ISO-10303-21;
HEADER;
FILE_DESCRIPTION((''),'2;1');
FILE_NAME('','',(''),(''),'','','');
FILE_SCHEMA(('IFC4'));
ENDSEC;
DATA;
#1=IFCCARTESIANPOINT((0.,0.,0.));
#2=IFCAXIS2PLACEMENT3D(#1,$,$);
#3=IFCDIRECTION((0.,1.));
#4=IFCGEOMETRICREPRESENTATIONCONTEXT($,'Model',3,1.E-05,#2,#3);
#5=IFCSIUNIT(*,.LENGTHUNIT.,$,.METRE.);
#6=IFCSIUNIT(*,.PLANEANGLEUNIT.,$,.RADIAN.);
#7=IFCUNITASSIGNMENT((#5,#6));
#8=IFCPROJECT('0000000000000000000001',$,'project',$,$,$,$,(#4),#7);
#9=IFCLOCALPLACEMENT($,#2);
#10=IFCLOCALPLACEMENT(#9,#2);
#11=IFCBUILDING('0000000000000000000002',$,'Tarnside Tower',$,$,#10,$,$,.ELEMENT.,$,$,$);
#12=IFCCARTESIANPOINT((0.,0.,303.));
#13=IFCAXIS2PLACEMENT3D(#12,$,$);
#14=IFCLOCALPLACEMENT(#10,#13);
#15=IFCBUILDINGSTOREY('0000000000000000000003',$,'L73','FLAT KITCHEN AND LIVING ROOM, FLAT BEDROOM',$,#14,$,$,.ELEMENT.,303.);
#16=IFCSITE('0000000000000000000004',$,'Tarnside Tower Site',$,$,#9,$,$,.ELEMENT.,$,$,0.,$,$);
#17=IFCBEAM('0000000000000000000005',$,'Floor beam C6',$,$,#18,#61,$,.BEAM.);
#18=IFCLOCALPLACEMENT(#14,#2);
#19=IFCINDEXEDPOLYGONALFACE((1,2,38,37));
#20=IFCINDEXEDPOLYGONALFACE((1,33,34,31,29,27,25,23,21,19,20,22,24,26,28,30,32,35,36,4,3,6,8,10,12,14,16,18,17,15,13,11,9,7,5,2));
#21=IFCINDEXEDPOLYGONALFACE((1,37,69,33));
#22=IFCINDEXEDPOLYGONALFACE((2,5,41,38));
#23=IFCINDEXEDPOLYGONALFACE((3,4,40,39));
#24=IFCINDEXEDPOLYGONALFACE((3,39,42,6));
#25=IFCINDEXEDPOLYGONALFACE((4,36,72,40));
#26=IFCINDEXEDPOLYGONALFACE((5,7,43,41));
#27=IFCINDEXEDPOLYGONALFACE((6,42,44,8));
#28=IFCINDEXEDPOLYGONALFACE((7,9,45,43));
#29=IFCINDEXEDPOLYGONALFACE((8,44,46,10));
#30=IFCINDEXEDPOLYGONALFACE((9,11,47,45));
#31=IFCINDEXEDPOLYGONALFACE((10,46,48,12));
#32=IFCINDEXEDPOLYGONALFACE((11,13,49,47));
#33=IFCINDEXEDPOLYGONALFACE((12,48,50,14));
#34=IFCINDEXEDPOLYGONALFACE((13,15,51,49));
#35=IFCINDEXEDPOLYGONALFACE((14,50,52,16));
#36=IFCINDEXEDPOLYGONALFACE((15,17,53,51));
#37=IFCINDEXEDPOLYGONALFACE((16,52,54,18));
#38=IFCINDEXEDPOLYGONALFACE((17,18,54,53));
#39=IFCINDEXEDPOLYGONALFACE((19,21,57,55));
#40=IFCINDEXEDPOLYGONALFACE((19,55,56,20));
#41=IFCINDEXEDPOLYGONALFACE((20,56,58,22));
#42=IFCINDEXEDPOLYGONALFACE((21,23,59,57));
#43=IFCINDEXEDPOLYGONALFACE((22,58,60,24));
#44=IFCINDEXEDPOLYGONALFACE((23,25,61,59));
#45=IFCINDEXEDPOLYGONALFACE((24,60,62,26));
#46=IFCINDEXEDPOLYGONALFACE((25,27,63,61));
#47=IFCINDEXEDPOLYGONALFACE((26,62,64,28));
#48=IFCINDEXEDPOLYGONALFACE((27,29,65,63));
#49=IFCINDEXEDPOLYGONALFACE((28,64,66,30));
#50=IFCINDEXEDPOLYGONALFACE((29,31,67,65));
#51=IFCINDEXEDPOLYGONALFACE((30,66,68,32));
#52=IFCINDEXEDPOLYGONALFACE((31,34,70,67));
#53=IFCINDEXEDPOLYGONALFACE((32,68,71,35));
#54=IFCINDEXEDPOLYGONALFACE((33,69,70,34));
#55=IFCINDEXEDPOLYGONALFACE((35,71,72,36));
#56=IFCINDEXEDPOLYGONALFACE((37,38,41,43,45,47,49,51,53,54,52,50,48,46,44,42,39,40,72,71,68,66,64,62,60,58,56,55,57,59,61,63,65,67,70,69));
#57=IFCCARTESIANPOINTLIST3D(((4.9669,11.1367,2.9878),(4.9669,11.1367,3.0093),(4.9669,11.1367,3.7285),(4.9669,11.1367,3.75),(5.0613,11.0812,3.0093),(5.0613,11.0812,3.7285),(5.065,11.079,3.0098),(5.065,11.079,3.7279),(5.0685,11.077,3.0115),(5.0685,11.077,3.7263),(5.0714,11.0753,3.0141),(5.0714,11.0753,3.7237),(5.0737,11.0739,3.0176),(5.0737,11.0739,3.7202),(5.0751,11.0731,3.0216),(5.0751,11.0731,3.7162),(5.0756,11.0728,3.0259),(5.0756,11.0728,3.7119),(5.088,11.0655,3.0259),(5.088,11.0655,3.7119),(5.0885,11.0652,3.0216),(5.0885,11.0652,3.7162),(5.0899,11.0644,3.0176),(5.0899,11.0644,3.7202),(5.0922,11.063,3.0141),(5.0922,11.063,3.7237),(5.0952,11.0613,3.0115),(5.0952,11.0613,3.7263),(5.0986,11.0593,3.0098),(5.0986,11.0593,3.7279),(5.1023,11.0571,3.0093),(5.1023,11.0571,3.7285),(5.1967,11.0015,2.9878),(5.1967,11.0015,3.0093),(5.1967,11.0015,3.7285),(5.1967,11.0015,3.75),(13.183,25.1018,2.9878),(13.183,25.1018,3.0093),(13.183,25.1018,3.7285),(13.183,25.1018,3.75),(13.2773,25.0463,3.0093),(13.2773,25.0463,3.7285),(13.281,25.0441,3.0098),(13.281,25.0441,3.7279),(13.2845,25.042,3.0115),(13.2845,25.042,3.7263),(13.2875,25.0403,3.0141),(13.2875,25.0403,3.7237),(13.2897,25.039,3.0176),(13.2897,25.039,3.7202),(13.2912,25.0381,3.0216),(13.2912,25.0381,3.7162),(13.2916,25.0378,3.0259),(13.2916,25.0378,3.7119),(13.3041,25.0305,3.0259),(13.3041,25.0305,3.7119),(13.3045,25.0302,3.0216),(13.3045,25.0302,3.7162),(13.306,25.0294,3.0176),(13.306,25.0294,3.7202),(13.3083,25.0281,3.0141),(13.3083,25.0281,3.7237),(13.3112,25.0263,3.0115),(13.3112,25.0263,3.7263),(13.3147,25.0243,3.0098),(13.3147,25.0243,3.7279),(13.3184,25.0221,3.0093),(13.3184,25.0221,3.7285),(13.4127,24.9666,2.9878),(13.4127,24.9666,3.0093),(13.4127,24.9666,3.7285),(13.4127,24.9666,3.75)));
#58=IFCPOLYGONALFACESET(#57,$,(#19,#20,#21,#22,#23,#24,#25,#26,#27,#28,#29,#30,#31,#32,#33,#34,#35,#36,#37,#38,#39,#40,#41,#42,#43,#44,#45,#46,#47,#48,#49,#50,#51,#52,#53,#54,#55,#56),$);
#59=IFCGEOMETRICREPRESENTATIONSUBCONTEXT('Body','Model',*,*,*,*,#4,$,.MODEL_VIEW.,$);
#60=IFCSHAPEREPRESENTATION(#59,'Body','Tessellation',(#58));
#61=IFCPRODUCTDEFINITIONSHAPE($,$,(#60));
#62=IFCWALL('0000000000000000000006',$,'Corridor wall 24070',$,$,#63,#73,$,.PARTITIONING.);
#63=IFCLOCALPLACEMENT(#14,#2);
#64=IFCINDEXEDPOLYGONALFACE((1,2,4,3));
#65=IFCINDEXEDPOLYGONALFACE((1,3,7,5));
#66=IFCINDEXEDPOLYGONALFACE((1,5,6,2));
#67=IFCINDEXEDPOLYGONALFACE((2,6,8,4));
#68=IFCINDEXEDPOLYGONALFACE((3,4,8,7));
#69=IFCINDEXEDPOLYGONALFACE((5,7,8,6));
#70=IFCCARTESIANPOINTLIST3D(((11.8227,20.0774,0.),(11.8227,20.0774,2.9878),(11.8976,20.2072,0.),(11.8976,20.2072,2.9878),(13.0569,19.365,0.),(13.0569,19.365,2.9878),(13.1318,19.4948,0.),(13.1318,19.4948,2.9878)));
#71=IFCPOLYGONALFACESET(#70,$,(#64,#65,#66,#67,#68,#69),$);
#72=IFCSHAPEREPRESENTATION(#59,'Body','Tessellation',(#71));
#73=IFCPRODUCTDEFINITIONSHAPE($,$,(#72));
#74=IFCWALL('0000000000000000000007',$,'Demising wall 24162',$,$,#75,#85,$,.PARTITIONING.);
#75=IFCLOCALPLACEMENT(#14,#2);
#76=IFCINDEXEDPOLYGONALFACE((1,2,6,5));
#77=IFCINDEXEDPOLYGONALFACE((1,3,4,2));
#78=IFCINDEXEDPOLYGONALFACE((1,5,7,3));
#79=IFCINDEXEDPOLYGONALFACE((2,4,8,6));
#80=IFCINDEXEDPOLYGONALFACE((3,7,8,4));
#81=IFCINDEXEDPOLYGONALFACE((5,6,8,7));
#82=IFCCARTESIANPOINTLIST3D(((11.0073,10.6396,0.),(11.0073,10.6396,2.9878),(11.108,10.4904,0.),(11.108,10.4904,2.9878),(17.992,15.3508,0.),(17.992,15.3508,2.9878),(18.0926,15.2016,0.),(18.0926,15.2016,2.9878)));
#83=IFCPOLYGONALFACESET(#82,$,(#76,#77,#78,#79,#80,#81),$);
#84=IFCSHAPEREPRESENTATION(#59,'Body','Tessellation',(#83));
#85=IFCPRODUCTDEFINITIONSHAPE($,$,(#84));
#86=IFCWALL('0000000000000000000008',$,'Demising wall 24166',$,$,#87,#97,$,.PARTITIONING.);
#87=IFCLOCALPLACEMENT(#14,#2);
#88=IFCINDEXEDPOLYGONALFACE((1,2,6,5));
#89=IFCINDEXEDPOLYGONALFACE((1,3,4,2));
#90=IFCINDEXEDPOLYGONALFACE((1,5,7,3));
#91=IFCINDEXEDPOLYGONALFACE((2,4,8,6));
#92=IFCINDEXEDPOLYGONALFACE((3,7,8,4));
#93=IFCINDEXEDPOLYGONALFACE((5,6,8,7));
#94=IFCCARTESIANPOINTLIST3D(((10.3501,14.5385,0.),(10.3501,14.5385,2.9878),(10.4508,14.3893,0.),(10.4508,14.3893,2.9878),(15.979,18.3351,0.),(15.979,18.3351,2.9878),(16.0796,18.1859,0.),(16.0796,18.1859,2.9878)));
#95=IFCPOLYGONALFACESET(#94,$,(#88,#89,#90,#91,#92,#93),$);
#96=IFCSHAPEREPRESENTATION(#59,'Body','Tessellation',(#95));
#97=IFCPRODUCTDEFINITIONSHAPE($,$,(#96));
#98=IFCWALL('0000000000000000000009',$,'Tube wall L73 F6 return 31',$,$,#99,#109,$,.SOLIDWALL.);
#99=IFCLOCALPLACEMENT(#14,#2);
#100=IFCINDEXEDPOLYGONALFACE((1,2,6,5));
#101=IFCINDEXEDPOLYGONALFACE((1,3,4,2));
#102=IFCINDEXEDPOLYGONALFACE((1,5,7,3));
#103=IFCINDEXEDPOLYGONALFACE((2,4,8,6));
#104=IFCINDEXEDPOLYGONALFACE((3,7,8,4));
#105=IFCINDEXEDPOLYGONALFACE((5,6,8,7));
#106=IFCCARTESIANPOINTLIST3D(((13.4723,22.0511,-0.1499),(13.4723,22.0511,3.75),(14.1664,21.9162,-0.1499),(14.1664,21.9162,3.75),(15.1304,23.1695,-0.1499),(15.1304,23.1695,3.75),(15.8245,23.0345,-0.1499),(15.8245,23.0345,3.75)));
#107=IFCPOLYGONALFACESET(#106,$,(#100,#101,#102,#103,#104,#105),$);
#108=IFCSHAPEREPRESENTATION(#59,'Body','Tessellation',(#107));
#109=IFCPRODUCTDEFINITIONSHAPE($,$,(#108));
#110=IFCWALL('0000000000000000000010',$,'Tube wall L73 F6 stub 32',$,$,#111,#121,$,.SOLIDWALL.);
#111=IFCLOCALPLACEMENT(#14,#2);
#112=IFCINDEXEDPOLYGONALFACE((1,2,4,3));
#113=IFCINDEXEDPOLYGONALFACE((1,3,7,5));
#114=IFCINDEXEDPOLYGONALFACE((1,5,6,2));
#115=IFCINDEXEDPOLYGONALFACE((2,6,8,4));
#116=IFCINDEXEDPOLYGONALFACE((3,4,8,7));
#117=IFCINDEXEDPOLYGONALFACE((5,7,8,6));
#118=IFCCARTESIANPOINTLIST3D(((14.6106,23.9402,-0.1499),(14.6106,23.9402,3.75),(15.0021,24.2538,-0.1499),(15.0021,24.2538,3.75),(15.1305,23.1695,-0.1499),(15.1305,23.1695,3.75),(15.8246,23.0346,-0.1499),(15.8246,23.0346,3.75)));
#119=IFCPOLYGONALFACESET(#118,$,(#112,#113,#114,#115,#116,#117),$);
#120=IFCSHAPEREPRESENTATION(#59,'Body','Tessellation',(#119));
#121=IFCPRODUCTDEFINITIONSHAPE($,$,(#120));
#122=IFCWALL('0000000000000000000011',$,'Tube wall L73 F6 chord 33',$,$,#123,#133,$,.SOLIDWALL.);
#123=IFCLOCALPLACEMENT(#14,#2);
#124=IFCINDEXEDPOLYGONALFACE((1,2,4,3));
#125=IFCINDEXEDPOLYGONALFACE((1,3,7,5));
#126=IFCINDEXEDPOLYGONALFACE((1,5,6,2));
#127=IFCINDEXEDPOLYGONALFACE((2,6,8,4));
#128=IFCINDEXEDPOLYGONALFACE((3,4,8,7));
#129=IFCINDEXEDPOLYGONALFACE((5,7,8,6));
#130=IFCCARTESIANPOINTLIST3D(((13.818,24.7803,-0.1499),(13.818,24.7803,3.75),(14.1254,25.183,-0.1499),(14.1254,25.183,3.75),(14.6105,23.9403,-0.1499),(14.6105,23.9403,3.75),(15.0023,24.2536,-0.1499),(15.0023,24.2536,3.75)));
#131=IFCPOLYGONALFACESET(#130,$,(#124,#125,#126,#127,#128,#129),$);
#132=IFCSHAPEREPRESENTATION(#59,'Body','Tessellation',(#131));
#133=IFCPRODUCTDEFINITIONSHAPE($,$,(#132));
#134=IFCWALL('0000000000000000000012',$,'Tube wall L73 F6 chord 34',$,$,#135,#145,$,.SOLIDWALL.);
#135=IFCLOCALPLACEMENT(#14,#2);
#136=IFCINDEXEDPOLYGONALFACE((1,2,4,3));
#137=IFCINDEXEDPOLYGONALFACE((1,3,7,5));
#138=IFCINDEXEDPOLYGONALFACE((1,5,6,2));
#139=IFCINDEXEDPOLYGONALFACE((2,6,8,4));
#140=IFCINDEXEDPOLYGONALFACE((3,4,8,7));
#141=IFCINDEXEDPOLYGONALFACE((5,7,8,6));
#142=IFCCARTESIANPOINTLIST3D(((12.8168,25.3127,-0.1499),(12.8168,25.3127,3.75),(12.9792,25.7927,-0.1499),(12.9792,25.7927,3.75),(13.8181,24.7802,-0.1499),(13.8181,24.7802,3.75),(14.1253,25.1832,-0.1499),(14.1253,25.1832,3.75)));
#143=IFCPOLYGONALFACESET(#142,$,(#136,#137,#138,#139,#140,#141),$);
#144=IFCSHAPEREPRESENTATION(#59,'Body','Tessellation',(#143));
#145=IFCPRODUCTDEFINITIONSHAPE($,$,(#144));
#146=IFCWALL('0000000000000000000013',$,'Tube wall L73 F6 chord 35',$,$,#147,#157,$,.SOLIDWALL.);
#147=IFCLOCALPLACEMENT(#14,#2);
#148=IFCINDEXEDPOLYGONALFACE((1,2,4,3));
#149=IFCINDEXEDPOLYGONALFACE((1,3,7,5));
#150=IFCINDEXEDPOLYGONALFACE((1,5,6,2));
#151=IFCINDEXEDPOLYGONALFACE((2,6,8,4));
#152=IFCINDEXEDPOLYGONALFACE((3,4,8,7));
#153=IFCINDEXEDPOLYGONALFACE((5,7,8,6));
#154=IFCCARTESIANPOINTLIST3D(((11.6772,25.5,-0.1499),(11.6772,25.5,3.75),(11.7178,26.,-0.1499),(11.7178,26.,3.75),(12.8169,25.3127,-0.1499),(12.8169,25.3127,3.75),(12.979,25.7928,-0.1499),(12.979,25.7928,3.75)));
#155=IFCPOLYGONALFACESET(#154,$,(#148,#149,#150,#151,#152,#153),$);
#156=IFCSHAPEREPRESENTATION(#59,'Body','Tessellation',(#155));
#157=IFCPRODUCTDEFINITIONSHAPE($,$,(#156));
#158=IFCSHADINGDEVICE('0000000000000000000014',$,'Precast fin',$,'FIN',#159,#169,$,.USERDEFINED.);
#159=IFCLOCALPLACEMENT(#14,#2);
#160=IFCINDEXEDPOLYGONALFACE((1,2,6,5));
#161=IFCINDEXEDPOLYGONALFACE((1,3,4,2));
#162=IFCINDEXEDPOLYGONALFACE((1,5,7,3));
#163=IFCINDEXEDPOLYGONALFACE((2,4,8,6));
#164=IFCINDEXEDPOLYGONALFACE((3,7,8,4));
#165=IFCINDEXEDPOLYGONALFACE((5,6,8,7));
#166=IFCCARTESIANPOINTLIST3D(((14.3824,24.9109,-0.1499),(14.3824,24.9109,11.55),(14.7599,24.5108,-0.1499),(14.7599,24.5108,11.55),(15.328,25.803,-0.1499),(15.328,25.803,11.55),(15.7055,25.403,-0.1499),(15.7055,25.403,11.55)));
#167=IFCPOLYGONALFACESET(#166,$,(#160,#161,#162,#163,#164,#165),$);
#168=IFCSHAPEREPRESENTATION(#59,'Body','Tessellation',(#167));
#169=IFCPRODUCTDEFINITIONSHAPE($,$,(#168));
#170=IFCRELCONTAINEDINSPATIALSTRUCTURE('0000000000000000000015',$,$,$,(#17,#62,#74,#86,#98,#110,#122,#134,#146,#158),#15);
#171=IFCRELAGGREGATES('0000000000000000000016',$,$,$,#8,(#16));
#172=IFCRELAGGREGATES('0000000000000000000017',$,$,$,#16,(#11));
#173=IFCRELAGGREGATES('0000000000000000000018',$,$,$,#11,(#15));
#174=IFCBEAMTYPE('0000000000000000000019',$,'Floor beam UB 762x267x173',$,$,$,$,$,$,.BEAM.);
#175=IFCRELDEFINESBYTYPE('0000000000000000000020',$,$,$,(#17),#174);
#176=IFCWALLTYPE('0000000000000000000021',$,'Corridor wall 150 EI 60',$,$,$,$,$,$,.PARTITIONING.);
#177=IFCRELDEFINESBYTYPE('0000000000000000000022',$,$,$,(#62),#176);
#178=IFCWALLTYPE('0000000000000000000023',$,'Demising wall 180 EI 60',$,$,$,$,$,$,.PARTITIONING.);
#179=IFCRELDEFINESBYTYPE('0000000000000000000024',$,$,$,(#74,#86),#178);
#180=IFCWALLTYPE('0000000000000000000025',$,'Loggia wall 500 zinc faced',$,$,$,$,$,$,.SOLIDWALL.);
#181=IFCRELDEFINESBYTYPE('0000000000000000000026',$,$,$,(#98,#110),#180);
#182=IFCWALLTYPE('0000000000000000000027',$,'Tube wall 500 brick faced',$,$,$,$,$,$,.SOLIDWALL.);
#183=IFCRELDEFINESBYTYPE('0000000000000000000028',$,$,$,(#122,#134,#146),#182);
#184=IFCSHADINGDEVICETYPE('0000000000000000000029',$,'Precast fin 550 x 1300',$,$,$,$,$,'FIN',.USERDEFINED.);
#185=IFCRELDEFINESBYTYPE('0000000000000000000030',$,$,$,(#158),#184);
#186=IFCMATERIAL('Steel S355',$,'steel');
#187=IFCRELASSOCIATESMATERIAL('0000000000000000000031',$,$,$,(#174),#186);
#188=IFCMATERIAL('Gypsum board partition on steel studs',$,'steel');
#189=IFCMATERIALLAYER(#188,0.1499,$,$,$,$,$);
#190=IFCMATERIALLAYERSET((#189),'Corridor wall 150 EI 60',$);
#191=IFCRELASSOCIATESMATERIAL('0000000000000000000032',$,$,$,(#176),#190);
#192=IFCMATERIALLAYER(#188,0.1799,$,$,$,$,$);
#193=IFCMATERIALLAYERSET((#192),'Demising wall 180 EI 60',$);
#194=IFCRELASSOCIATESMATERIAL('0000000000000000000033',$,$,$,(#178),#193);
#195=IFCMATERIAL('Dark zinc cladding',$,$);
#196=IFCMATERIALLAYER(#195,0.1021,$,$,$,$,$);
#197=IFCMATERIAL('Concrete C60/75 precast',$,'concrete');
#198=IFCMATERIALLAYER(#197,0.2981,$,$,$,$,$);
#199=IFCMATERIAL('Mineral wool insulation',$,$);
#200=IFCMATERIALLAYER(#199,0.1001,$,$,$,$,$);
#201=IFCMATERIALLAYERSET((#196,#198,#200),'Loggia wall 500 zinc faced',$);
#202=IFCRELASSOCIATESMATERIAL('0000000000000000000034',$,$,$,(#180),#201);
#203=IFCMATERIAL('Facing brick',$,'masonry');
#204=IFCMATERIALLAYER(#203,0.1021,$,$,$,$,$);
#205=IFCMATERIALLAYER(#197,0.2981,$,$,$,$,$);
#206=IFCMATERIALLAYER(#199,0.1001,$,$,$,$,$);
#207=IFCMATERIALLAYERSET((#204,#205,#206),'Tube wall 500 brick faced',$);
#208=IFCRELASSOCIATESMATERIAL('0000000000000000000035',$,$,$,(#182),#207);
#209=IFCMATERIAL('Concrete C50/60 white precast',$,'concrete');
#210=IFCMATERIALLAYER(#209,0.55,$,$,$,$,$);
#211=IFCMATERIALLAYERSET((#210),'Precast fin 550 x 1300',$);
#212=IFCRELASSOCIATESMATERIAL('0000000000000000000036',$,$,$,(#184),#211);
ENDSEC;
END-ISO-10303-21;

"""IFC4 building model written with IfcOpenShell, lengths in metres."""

from ifc_helpers import new_model, si_unit, direction, frame, frame_2d, origin, origin_2d, place, context, subcontext, project, spatial, polyline, rectangle, i_section, outline, extrude, material, layer, layer_set, material_profile, profile_set, type_object, element, save


model = new_model("IFC4")

# Units and contexts
model_context = context("Model", 3, precision=1e-05, world=origin(), true_north=direction((0.0, 1.0)))
body_context = subcontext(model_context, "Body", "Model", "MODEL_VIEW")
ifc_project = project(units=[si_unit("LENGTHUNIT", "METRE"), si_unit("PLANEANGLEUNIT", "RADIAN")], contexts=[model_context])

# Site, building, storey
site_placement = place(None, origin())
site = spatial("IfcSite", under=ifc_project, at=site_placement, Name="Tarnside Tower Site", CompositionType="ELEMENT", RefElevation=0.0)
building_placement = place(site_placement, origin())
building = spatial("IfcBuilding", under=site, at=building_placement, Name="Tarnside Tower", CompositionType="ELEMENT")
storey_placement = place(building_placement, frame((0.0, 0.0, 303.0)))
storey = spatial("IfcBuildingStorey", under=building, at=storey_placement, Name="L73", Description="FLAT KITCHEN AND LIVING ROOM, FLAT BEDROOM", CompositionType="ELEMENT", Elevation=303.0)

# Beam
ifc_material_1 = material(Name="Steel S355", Category="steel")
ifc_material_profile_1 = material_profile(ifc_material_1, i_section(OverallWidth=0.2666, OverallDepth=0.7622, WebThickness=0.0144, FlangeThickness=0.0215, FilletRadius=0.0166, at=origin_2d()), Name="UB 762x267x173")
ifc_profile_set_1 = profile_set([ifc_material_profile_1], Name="Steel S355")
beam_type_1 = type_object("IfcBeamType", Name="Floor beam UB 762x267x173", PredefinedType="BEAM", material=ifc_profile_set_1)
beam_1_placement = place(storey_placement, frame((13.2979, 25.0342, 3.3689), z_axis=(-0.50708, -0.861899, 0.0), x_axis=(0.861899, -0.50708, 0.0)))
element("IfcBeam", 1, at=beam_1_placement, inside=storey, type_object=beam_type_1, Name="Floor beam C6", PredefinedType="BEAM", context=body_context, shape_type="SweptSolid", body=[
    extrude(i_section(OverallWidth=0.2666, OverallDepth=0.7622, WebThickness=0.0144, FlangeThickness=0.0215, FilletRadius=0.0166, at=origin_2d()), origin(), (0.0, 0.0, 1.0), 16.2026),
])

# Walls
ifc_material_2 = material(Name="Gypsum board partition on steel studs", Category="steel")
ifc_layer_1 = layer(ifc_material_2, 0.1499)
ifc_layer_set_1 = layer_set([ifc_layer_1], Name="Corridor wall 150 EI 60")
wall_type_1 = type_object("IfcWallType", Name="Corridor wall 150 EI 60", PredefinedType="PARTITIONING", material=ifc_layer_set_1)
wall_1_placement = place(storey_placement, frame((13.0942, 19.4299, 0.0), z_axis=(0.0, 0.0, 1.0), x_axis=(-0.866063, 0.499935, 0.0)))
element("IfcWall", 2, at=wall_1_placement, inside=storey, type_object=wall_type_1, Name="Corridor wall 24070", PredefinedType="PARTITIONING", context=body_context, shape_type="SweptSolid", body=[
    extrude(rectangle(XDim=1.425, YDim=0.1499, at=frame_2d((0.7124, 0.0))), origin(), (0.0, 0.0, 1.0), 2.9878),
])
ifc_layer_2 = layer(ifc_material_2, 0.1799)
ifc_layer_set_2 = layer_set([ifc_layer_2], Name="Demising wall 180 EI 60")
wall_type_2 = type_object("IfcWallType", Name="Demising wall 180 EI 60", PredefinedType="PARTITIONING", material=ifc_layer_set_2)
wall_2_placement = place(storey_placement, frame((18.0422, 15.2761, 0.0), z_axis=(0.0, 0.0, 1.0), x_axis=(-0.829038, -0.559193, 0.0)))
element("IfcWall", 3, at=wall_2_placement, inside=storey, type_object=wall_type_2, Name="Demising wall 24162", PredefinedType="PARTITIONING", context=body_context, shape_type="SweptSolid", body=[
    extrude(rectangle(XDim=8.425, YDim=0.1799, at=frame_2d((4.2124, 0.0))), origin(), (0.0, 0.0, 1.0), 2.9878),
])
wall_3_placement = place(storey_placement, frame((16.0293, 18.2605, 0.0), z_axis=(0.0, 0.0, 1.0), x_axis=(-0.829045, -0.559181, 0.0)))
element("IfcWall", 4, at=wall_3_placement, inside=storey, type_object=wall_type_2, Name="Demising wall 24166", PredefinedType="PARTITIONING", context=body_context, shape_type="SweptSolid", body=[
    extrude(rectangle(XDim=6.7896, YDim=0.1799, at=frame_2d((3.3948, 0.0))), origin(), (0.0, 0.0, 1.0), 2.9878),
])
ifc_material_3 = material(Name="Dark zinc cladding")
ifc_layer_3 = layer(ifc_material_3, 0.1021)
ifc_material_4 = material(Name="Concrete C60/75 precast", Category="concrete")
ifc_layer_4 = layer(ifc_material_4, 0.2981)
ifc_material_5 = material(Name="Mineral wool insulation")
ifc_layer_5 = layer(ifc_material_5, 0.1001)
ifc_layer_set_3 = layer_set([ifc_layer_3, ifc_layer_4, ifc_layer_5], Name="Loggia wall 500 zinc faced")
wall_type_3 = type_object("IfcWallType", Name="Loggia wall 500 zinc faced", PredefinedType="SOLIDWALL", material=ifc_layer_set_3)
wall_4_placement = place(storey_placement, frame((13.8193, 21.9836, -0.1499), z_axis=(0.0, 0.0, 1.0), x_axis=(0.829052, 0.559171, 0.0)))
element("IfcWall", 5, at=wall_4_placement, inside=storey, type_object=wall_type_3, Name="Tube wall L73 F6 return 31", PredefinedType="SOLIDWALL", context=body_context, shape_type="SweptSolid", body=[
    extrude(outline(polyline([(0.25, -0.25), (2.25, -0.25), (1.75, 0.25), (-0.25, 0.25), (0.25, -0.25)])), origin(), (0.0, 0.0, 1.0), 3.8999),
])
wall_5_placement = place(storey_placement, frame((15.4775, 23.1021, -0.1499), z_axis=(0.0, 0.0, 1.0), x_axis=(-0.559246, 0.829002, 0.0)))
element("IfcWall", 6, at=wall_5_placement, inside=storey, type_object=wall_type_3, Name="Tube wall L73 F6 stub 32", PredefinedType="SOLIDWALL", context=body_context, shape_type="SweptSolid", body=[
    extrude(outline(polyline([(-0.25, -0.25), (1.2207, -0.25), (1.1797, 0.25), (0.25, 0.25), (-0.25, -0.25)])), origin(), (0.0, 0.0, 1.0), 3.8999),
])
ifc_material_6 = material(Name="Facing brick", Category="masonry")
ifc_layer_6 = layer(ifc_material_6, 0.1021)
ifc_layer_7 = layer(ifc_material_4, 0.2981)
ifc_layer_8 = layer(ifc_material_5, 0.1001)
ifc_layer_set_4 = layer_set([ifc_layer_6, ifc_layer_7, ifc_layer_8], Name="Tube wall 500 brick faced")
wall_type_4 = type_object("IfcWallType", Name="Tube wall 500 brick faced", PredefinedType="SOLIDWALL", material=ifc_layer_set_4)
wall_6_placement = place(storey_placement, frame((14.8064, 24.0969, -0.1499), z_axis=(0.0, 0.0, 1.0), x_axis=(-0.686234, 0.72738, 0.0)))
element("IfcWall", 7, at=wall_6_placement, inside=storey, type_object=wall_type_4, Name="Tube wall L73 F6 chord 33", PredefinedType="SOLIDWALL", context=body_context, shape_type="SweptSolid", body=[
    extrude(outline(polyline([(-0.0205, -0.25), (1.2573, -0.25), (1.1753, 0.25), (0.0205, 0.25), (-0.0205, -0.25)])), origin(), (0.0, 0.0, 1.0), 3.8999),
])
wall_7_placement = place(storey_placement, frame((13.9717, 24.9817, -0.1499), z_axis=(0.0, 0.0, 1.0), x_axis=(-0.882902, 0.469556, 0.0)))
element("IfcWall", 8, at=wall_7_placement, inside=storey, type_object=wall_type_4, Name="Tube wall L73 F6 chord 34", PredefinedType="SOLIDWALL", context=body_context, shape_type="SweptSolid", body=[
    extrude(outline(polyline([(-0.041, -0.25), (1.2571, -0.25), (1.175, 0.25), (0.041, 0.25), (-0.041, -0.25)])), origin(), (0.0, 0.0, 1.0), 3.8999),
])
wall_8_placement = place(storey_placement, frame((12.8979, 25.5527, -0.1499), z_axis=(0.0, 0.0, 1.0), x_axis=(-0.986766, 0.162153, 0.0)))
element("IfcWall", 9, at=wall_8_placement, inside=storey, type_object=wall_type_4, Name="Tube wall L73 F6 chord 35", PredefinedType="SOLIDWALL", context=body_context, shape_type="SweptSolid", body=[
    extrude(outline(polyline([(-0.041, -0.25), (1.2371, -0.25), (1.196, 0.25), (0.041, 0.25), (-0.041, -0.25)])), origin(), (0.0, 0.0, 1.0), 3.8999),
])

# Shading device
ifc_material_7 = material(Name="Concrete C50/60 white precast", Category="concrete")
ifc_layer_9 = layer(ifc_material_7, 0.55)
ifc_layer_set_5 = layer_set([ifc_layer_9], Name="Precast fin 550 x 1300")
shading_device_type_1 = type_object("IfcShadingDeviceType", Name="Precast fin 550 x 1300", ElementType="FIN", PredefinedType="USERDEFINED", material=ifc_layer_set_5)
shading_device_placement = place(storey_placement, frame((14.571, 24.7109, -0.1499), z_axis=(0.686242, -0.727374, 0.0), x_axis=(0.727374, 0.686242, 0.0)))
element("IfcShadingDevice", 10, at=shading_device_placement, inside=storey, type_object=shading_device_type_1, Name="Precast fin", ObjectType="FIN", PredefinedType="USERDEFINED", context=body_context, shape_type="SweptSolid", body=[
    extrude(outline(polyline([(0.0, 0.0), (1.3, 0.0), (1.3, 11.7), (0.0, 11.7), (0.0, 0.0)])), frame((0.0, 0.0, -0.2749)), (0.0, 0.0, 1.0), 0.55),
])

save(model, "model.ifc")
